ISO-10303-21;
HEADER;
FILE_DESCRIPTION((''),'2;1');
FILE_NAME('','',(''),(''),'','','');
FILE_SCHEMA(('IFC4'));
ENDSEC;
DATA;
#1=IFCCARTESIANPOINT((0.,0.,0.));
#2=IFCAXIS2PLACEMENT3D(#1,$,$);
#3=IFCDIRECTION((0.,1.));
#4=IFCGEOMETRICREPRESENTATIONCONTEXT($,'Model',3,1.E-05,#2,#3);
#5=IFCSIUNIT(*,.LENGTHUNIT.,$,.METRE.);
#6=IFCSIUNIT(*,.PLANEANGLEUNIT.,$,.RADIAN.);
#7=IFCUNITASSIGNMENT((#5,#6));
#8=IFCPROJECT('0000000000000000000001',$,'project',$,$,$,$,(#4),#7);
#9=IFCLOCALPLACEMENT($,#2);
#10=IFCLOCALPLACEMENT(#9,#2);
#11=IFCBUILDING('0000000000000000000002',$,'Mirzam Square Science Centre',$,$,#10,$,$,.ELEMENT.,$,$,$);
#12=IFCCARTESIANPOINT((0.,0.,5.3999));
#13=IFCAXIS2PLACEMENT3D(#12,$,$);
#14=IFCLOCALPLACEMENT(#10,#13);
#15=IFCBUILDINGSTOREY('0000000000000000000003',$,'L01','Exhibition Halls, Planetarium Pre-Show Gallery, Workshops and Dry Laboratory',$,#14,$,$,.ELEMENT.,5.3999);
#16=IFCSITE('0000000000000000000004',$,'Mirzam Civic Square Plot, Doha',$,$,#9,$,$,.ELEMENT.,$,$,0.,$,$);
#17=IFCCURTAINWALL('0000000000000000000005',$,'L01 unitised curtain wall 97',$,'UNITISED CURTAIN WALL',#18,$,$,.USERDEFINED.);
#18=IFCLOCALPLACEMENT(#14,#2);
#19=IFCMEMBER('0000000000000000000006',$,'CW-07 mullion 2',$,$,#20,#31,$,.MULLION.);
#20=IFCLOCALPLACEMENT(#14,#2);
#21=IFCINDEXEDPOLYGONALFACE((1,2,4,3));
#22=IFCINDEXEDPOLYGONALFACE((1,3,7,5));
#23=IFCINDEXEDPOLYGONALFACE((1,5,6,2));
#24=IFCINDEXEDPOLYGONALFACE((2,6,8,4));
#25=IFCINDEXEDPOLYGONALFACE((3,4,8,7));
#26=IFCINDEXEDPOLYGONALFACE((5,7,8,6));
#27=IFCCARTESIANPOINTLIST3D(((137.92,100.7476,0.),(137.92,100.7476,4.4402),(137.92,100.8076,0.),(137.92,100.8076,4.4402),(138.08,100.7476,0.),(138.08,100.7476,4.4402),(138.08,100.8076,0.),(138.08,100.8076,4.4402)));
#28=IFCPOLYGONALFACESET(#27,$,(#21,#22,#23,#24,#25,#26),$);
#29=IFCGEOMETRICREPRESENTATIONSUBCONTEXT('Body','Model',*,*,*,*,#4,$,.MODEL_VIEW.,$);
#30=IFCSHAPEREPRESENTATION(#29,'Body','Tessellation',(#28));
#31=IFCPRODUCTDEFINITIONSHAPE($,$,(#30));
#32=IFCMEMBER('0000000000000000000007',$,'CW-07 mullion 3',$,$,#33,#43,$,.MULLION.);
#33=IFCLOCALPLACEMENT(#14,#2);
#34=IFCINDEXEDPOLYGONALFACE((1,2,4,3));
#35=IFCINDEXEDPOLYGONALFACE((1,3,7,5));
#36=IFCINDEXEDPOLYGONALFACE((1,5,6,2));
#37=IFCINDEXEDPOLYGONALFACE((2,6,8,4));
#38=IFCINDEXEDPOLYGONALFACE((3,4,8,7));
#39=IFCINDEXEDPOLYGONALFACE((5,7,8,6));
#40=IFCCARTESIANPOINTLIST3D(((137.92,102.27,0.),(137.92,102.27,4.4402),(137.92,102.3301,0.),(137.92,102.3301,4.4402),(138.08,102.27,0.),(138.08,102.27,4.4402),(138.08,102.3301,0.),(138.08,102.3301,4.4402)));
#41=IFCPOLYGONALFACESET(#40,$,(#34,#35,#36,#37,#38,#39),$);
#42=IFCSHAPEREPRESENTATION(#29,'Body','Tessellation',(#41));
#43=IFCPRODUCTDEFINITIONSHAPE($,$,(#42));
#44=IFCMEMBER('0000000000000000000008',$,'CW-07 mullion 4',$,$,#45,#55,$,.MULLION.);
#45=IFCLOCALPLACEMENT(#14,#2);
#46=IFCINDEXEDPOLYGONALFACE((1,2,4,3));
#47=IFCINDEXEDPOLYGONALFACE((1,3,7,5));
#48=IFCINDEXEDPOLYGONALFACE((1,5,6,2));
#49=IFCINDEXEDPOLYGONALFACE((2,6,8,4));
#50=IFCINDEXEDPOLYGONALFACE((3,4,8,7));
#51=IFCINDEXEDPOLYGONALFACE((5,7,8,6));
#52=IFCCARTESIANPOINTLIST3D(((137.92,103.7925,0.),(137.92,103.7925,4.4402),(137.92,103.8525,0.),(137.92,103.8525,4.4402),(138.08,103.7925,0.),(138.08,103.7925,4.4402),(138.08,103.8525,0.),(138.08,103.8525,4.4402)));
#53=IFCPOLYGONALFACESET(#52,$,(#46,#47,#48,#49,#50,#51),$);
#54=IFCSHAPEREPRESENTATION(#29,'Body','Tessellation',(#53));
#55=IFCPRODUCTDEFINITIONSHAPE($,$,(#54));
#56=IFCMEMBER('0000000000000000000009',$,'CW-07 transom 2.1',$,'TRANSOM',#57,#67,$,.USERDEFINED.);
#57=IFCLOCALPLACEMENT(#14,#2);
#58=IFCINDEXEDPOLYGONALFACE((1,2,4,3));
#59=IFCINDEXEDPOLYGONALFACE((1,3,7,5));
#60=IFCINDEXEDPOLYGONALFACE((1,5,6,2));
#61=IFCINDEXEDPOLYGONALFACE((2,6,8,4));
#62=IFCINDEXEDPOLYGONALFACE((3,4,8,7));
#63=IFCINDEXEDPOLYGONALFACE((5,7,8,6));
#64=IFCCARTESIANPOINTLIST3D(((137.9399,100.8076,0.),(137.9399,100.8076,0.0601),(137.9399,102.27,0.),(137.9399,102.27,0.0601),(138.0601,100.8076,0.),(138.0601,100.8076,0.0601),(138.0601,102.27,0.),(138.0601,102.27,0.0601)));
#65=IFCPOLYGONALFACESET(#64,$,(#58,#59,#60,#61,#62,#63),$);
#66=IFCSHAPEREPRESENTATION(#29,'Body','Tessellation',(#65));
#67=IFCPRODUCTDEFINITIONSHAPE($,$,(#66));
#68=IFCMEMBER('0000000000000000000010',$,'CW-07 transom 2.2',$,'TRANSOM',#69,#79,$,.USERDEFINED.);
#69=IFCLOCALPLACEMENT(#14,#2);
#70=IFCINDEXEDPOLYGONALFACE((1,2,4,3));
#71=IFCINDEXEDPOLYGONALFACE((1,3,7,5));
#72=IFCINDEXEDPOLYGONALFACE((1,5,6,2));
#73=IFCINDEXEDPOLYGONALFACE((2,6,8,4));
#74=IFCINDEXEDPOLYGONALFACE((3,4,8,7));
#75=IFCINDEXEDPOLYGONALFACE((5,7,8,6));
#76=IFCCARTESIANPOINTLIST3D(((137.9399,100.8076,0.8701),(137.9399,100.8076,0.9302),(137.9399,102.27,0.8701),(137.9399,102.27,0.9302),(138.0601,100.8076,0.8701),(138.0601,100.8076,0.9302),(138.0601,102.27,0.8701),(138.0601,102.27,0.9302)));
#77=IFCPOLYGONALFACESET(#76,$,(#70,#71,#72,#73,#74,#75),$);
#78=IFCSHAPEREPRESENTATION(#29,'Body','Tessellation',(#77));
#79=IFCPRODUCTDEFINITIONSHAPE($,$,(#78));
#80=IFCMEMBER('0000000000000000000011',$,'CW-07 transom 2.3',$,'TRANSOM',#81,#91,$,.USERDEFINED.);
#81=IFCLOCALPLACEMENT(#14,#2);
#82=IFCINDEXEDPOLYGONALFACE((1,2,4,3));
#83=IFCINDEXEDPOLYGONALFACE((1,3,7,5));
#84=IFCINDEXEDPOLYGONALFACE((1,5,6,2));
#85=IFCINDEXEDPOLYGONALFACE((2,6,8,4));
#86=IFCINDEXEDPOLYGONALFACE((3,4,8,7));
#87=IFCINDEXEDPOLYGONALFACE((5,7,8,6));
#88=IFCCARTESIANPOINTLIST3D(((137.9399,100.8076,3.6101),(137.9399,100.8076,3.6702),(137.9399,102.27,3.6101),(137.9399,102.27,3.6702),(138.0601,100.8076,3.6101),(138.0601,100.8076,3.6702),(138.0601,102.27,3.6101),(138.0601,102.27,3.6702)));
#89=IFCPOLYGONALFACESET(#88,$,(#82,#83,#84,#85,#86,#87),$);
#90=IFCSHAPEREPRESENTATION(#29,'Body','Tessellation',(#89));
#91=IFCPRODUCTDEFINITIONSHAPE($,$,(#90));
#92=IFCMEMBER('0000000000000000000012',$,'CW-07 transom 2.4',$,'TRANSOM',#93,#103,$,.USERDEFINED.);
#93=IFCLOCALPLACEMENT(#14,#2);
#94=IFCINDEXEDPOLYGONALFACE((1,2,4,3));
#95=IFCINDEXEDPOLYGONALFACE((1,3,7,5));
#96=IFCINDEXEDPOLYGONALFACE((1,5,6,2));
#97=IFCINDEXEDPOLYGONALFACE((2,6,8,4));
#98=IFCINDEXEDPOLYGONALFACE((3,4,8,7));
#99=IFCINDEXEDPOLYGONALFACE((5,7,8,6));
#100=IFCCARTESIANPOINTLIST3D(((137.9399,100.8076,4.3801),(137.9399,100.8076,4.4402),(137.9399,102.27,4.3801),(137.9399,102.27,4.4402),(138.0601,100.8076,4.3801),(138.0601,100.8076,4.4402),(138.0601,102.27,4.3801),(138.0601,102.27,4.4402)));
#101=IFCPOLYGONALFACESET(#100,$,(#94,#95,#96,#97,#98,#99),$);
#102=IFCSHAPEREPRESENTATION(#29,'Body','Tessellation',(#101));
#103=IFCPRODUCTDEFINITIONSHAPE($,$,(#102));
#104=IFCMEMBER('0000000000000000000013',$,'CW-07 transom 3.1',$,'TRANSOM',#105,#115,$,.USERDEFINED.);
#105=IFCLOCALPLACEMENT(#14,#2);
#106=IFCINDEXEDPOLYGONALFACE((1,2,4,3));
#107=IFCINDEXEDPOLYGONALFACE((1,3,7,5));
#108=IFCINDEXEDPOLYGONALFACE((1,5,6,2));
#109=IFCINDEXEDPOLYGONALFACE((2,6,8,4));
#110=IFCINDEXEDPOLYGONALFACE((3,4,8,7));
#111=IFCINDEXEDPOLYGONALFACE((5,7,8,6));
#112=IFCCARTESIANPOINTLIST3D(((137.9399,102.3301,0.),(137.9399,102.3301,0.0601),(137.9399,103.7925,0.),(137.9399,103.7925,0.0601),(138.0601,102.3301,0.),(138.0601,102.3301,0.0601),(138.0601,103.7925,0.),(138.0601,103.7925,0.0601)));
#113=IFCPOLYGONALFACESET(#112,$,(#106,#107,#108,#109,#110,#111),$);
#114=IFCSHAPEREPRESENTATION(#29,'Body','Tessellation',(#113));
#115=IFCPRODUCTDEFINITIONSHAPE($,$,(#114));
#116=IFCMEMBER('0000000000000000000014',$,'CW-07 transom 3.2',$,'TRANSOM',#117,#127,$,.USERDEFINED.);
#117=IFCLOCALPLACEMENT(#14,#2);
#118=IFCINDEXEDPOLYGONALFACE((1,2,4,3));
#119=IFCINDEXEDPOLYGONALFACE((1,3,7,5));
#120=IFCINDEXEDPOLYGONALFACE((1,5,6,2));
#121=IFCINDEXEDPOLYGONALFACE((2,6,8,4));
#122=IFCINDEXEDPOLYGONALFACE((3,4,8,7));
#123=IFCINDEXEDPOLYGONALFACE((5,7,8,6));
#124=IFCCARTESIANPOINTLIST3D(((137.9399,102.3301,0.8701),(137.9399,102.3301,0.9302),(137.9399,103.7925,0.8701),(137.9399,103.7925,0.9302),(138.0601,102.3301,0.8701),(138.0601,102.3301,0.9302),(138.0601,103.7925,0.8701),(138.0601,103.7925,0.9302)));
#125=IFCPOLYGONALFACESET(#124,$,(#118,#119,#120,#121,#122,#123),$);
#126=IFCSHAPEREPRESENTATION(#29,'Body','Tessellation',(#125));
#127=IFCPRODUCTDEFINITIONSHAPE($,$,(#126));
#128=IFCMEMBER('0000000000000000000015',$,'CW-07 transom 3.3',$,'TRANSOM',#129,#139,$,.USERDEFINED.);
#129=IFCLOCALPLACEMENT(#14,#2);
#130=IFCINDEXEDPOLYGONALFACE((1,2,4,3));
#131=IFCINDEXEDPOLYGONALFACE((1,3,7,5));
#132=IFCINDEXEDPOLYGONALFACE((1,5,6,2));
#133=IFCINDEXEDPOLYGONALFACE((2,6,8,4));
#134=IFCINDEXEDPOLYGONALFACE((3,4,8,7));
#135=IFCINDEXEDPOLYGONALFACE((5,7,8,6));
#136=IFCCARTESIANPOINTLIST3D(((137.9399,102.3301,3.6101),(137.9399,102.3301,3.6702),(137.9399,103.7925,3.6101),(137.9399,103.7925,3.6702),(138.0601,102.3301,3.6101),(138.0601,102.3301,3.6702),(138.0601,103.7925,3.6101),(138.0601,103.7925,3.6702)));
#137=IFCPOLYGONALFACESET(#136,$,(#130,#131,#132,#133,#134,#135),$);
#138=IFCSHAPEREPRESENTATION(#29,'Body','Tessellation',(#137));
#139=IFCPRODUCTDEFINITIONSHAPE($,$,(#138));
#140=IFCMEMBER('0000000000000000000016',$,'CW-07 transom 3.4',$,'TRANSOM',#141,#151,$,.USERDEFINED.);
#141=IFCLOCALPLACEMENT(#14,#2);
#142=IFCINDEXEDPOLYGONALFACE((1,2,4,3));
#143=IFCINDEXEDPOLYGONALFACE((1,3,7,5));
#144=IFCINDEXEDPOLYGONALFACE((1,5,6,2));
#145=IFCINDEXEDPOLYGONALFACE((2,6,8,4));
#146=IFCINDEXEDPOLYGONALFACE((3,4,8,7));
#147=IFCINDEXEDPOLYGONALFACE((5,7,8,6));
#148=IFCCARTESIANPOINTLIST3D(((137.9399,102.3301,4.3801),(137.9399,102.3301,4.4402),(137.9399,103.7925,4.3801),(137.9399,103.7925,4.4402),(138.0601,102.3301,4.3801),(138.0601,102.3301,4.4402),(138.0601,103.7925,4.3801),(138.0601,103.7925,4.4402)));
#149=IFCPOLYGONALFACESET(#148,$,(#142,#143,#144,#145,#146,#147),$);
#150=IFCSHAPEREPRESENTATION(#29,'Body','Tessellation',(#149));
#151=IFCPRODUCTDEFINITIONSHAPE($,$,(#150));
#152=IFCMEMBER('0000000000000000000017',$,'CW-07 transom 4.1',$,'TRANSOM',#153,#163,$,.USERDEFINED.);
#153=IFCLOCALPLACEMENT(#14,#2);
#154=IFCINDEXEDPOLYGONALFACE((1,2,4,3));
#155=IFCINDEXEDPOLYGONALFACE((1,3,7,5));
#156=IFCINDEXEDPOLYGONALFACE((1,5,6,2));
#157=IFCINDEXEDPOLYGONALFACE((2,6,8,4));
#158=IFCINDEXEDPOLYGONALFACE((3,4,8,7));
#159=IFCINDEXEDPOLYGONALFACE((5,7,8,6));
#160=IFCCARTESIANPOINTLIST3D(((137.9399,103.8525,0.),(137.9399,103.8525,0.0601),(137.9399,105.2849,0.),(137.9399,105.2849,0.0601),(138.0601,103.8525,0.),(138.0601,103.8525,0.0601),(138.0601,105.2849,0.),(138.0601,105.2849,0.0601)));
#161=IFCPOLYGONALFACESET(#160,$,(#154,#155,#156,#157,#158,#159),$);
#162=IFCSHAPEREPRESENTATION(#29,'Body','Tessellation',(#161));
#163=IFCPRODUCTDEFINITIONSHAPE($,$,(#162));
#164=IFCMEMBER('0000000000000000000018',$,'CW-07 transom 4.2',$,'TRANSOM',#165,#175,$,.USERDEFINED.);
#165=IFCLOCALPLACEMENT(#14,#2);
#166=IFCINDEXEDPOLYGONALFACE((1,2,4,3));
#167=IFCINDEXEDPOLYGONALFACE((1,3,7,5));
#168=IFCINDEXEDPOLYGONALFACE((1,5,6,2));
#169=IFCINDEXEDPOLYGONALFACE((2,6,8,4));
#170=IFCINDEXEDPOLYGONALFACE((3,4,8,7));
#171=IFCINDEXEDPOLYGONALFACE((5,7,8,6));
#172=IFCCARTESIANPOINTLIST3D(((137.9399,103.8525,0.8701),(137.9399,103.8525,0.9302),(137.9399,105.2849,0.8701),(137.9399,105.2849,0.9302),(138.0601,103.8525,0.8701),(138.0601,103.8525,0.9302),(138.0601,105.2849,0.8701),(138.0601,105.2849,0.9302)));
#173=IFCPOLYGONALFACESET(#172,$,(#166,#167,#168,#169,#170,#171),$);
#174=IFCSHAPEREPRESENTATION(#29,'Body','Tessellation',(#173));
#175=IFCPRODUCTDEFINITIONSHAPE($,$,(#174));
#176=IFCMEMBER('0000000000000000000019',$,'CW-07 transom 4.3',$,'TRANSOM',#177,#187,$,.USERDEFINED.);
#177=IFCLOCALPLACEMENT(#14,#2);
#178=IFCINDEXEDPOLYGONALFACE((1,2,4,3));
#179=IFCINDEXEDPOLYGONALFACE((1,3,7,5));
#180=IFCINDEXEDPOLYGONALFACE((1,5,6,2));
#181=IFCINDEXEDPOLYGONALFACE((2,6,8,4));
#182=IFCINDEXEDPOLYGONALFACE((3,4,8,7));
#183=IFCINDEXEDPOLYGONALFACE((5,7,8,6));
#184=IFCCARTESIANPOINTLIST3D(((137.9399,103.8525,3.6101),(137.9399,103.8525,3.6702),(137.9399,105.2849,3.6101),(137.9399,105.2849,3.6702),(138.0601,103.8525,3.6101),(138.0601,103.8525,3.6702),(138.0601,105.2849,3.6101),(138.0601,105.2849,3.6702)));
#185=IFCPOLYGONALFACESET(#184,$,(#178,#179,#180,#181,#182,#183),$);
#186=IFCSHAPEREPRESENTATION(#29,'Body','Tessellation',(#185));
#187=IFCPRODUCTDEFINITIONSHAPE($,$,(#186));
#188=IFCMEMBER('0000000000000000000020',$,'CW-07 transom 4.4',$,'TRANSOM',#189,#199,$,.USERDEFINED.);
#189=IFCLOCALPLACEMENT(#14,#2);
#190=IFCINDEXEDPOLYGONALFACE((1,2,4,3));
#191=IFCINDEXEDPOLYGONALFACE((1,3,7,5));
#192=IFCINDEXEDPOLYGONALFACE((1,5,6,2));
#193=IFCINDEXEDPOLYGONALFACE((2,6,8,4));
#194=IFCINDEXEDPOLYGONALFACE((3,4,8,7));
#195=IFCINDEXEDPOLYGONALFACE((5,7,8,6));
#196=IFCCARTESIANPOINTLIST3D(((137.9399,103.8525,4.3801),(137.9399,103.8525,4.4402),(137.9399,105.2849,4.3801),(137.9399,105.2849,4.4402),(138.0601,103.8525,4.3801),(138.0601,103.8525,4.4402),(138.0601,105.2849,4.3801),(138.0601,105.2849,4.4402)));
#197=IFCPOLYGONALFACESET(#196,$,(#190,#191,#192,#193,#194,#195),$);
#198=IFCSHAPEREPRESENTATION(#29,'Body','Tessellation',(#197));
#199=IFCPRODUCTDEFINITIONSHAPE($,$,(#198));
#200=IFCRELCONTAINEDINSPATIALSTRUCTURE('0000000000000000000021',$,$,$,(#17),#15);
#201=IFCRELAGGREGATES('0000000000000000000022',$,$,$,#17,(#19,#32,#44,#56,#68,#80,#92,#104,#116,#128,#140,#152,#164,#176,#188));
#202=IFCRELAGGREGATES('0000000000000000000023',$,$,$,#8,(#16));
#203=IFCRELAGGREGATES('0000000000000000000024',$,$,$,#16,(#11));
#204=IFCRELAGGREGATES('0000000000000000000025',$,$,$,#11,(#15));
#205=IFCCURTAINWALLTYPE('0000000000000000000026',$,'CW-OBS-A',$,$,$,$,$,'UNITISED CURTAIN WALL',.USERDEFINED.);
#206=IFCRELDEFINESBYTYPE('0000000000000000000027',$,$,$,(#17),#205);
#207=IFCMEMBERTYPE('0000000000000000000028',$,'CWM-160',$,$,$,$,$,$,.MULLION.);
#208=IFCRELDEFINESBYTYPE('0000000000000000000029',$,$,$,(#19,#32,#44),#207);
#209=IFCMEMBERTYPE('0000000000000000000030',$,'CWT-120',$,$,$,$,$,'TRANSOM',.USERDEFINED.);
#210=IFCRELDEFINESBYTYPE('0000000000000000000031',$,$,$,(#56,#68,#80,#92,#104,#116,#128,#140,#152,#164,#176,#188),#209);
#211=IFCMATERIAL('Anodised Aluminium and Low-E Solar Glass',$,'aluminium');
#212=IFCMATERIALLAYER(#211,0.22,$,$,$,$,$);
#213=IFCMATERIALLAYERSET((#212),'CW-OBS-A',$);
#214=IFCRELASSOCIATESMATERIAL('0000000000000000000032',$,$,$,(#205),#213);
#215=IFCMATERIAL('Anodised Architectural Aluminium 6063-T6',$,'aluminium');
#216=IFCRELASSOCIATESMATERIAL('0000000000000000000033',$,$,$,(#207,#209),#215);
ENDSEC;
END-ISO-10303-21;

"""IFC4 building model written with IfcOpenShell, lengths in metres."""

from ifc_helpers import new_model, si_unit, direction, frame, origin, origin_2d, place, context, subcontext, project, spatial, rectangle, extrude, material, layer, layer_set, material_profile, profile_set, type_object, element, aggregate, save


model = new_model("IFC4")

# Units and contexts
model_context = context("Model", 3, precision=1e-05, world=origin(), true_north=direction((0.0, 1.0)))
body_context = subcontext(model_context, "Body", "Model", "MODEL_VIEW")
ifc_project = project(units=[si_unit("LENGTHUNIT", "METRE"), si_unit("PLANEANGLEUNIT", "RADIAN")], contexts=[model_context])

# Site, building, storey
site_placement = place(None, origin())
site = spatial("IfcSite", under=ifc_project, at=site_placement, Name="Mirzam Civic Square Plot, Doha", CompositionType="ELEMENT", RefElevation=0.0)
building_placement = place(site_placement, origin())
building = spatial("IfcBuilding", under=site, at=building_placement, Name="Mirzam Square Science Centre", CompositionType="ELEMENT")
storey_placement = place(building_placement, frame((0.0, 0.0, 5.3999)))
storey = spatial("IfcBuildingStorey", under=building, at=storey_placement, Name="L01", Description="Exhibition Halls, Planetarium Pre-Show Gallery, Workshops and Dry Laboratory", CompositionType="ELEMENT", Elevation=5.3999)

# Curtain wall, members
ifc_material_1 = material(Name="Anodised Aluminium and Low-E Solar Glass", Category="aluminium")
ifc_layer_1 = layer(ifc_material_1, 0.22)
ifc_layer_set_1 = layer_set([ifc_layer_1], Name="CW-OBS-A")
curtain_wall_type = type_object("IfcCurtainWallType", Name="CW-OBS-A", ElementType="UNITISED CURTAIN WALL", PredefinedType="USERDEFINED", material=ifc_layer_set_1)
curtain_wall_placement = place(storey_placement, origin())
curtain_wall = element("IfcCurtainWall", 1, at=curtain_wall_placement, inside=storey, type_object=curtain_wall_type, Name="L01 unitised curtain wall 97", ObjectType="UNITISED CURTAIN WALL", PredefinedType="USERDEFINED")
ifc_material_2 = material(Name="Anodised Architectural Aluminium 6063-T6", Category="aluminium")
ifc_material_profile_1 = material_profile(ifc_material_2, rectangle(XDim=0.0601, YDim=0.1599, at=origin_2d()), Name="ALU-MULL-160x60x4")
ifc_profile_set_1 = profile_set([ifc_material_profile_1], Name="Anodised Architectural Aluminium 6063-T6")
member_type_1 = type_object("IfcMemberType", Name="CWM-160", PredefinedType="MULLION", material=ifc_profile_set_1)
member_1_placement = place(storey_placement, frame((138.0, 100.7776, 0.0), z_axis=(0.0, 0.0, 1.0), x_axis=(0.0, 1.0, 0.0)))
member_1 = element("IfcMember", 2, at=member_1_placement, type_object=member_type_1, Name="CW-07 mullion 2", PredefinedType="MULLION", context=body_context, shape_type="SweptSolid", body=[
    extrude(rectangle(XDim=0.0601, YDim=0.1599, at=origin_2d()), origin(), (0.0, 0.0, 1.0), 4.4402),
])
member_2_placement = place(storey_placement, frame((138.0, 102.3, 0.0), z_axis=(0.0, 0.0, 1.0), x_axis=(0.0, 1.0, 0.0)))
member_2 = element("IfcMember", 3, at=member_2_placement, type_object=member_type_1, Name="CW-07 mullion 3", PredefinedType="MULLION", context=body_context, shape_type="SweptSolid", body=[
    extrude(rectangle(XDim=0.0601, YDim=0.1599, at=origin_2d()), origin(), (0.0, 0.0, 1.0), 4.4402),
])
member_3_placement = place(storey_placement, frame((138.0, 103.8225, 0.0), z_axis=(0.0, 0.0, 1.0), x_axis=(0.0, 1.0, 0.0)))
member_3 = element("IfcMember", 4, at=member_3_placement, type_object=member_type_1, Name="CW-07 mullion 4", PredefinedType="MULLION", context=body_context, shape_type="SweptSolid", body=[
    extrude(rectangle(XDim=0.0601, YDim=0.1599, at=origin_2d()), origin(), (0.0, 0.0, 1.0), 4.4402),
])
ifc_material_profile_2 = material_profile(ifc_material_2, rectangle(XDim=0.1201, YDim=0.0601, at=origin_2d()), Name="ALU-TRAN-120x60x4")
ifc_profile_set_2 = profile_set([ifc_material_profile_2], Name="Anodised Architectural Aluminium 6063-T6")
member_type_2 = type_object("IfcMemberType", Name="CWT-120", ElementType="TRANSOM", PredefinedType="USERDEFINED", material=ifc_profile_set_2)
member_4_placement = place(storey_placement, frame((138.0, 100.8076, 0.03), z_axis=(0.0, 1.0, 0.0), x_axis=(-1.0, 0.0, 0.0)))
member_4 = element("IfcMember", 5, at=member_4_placement, type_object=member_type_2, Name="CW-07 transom 2.1", ObjectType="TRANSOM", PredefinedType="USERDEFINED", context=body_context, shape_type="SweptSolid", body=[
    extrude(rectangle(XDim=0.1201, YDim=0.0601, at=origin_2d()), origin(), (0.0, 0.0, 1.0), 1.4624),
])
member_5_placement = place(storey_placement, frame((138.0, 100.8076, 0.9001), z_axis=(0.0, 1.0, 0.0), x_axis=(-1.0, 0.0, 0.0)))
member_5 = element("IfcMember", 6, at=member_5_placement, type_object=member_type_2, Name="CW-07 transom 2.2", ObjectType="TRANSOM", PredefinedType="USERDEFINED", context=body_context, shape_type="SweptSolid", body=[
    extrude(rectangle(XDim=0.1201, YDim=0.0601, at=origin_2d()), origin(), (0.0, 0.0, 1.0), 1.4624),
])
member_6_placement = place(storey_placement, frame((138.0, 100.8076, 3.6401), z_axis=(0.0, 1.0, 0.0), x_axis=(-1.0, 0.0, 0.0)))
member_6 = element("IfcMember", 7, at=member_6_placement, type_object=member_type_2, Name="CW-07 transom 2.3", ObjectType="TRANSOM", PredefinedType="USERDEFINED", context=body_context, shape_type="SweptSolid", body=[
    extrude(rectangle(XDim=0.1201, YDim=0.0601, at=origin_2d()), origin(), (0.0, 0.0, 1.0), 1.4624),
])
member_7_placement = place(storey_placement, frame((138.0, 100.8076, 4.4102), z_axis=(0.0, 1.0, 0.0), x_axis=(-1.0, 0.0, 0.0)))
member_7 = element("IfcMember", 8, at=member_7_placement, type_object=member_type_2, Name="CW-07 transom 2.4", ObjectType="TRANSOM", PredefinedType="USERDEFINED", context=body_context, shape_type="SweptSolid", body=[
    extrude(rectangle(XDim=0.1201, YDim=0.0601, at=origin_2d()), origin(), (0.0, 0.0, 1.0), 1.4624),
])
member_8_placement = place(storey_placement, frame((138.0, 102.3301, 0.03), z_axis=(0.0, 1.0, 0.0), x_axis=(-1.0, 0.0, 0.0)))
member_8 = element("IfcMember", 9, at=member_8_placement, type_object=member_type_2, Name="CW-07 transom 3.1", ObjectType="TRANSOM", PredefinedType="USERDEFINED", context=body_context, shape_type="SweptSolid", body=[
    extrude(rectangle(XDim=0.1201, YDim=0.0601, at=origin_2d()), origin(), (0.0, 0.0, 1.0), 1.4624),
])
member_9_placement = place(storey_placement, frame((138.0, 102.3301, 0.9001), z_axis=(0.0, 1.0, 0.0), x_axis=(-1.0, 0.0, 0.0)))
member_9 = element("IfcMember", 10, at=member_9_placement, type_object=member_type_2, Name="CW-07 transom 3.2", ObjectType="TRANSOM", PredefinedType="USERDEFINED", context=body_context, shape_type="SweptSolid", body=[
    extrude(rectangle(XDim=0.1201, YDim=0.0601, at=origin_2d()), origin(), (0.0, 0.0, 1.0), 1.4624),
])
member_10_placement = place(storey_placement, frame((138.0, 102.3301, 3.6401), z_axis=(0.0, 1.0, 0.0), x_axis=(-1.0, 0.0, 0.0)))
member_10 = element("IfcMember", 11, at=member_10_placement, type_object=member_type_2, Name="CW-07 transom 3.3", ObjectType="TRANSOM", PredefinedType="USERDEFINED", context=body_context, shape_type="SweptSolid", body=[
    extrude(rectangle(XDim=0.1201, YDim=0.0601, at=origin_2d()), origin(), (0.0, 0.0, 1.0), 1.4624),
])
member_11_placement = place(storey_placement, frame((138.0, 102.3301, 4.4102), z_axis=(0.0, 1.0, 0.0), x_axis=(-1.0, 0.0, 0.0)))
member_11 = element("IfcMember", 12, at=member_11_placement, type_object=member_type_2, Name="CW-07 transom 3.4", ObjectType="TRANSOM", PredefinedType="USERDEFINED", context=body_context, shape_type="SweptSolid", body=[
    extrude(rectangle(XDim=0.1201, YDim=0.0601, at=origin_2d()), origin(), (0.0, 0.0, 1.0), 1.4624),
])
member_12_placement = place(storey_placement, frame((138.0, 103.8525, 0.03), z_axis=(0.0, 1.0, 0.0), x_axis=(-1.0, 0.0, 0.0)))
member_12 = element("IfcMember", 13, at=member_12_placement, type_object=member_type_2, Name="CW-07 transom 4.1", ObjectType="TRANSOM", PredefinedType="USERDEFINED", context=body_context, shape_type="SweptSolid", body=[
    extrude(rectangle(XDim=0.1201, YDim=0.0601, at=origin_2d()), origin(), (0.0, 0.0, 1.0), 1.4324),
])
member_13_placement = place(storey_placement, frame((138.0, 103.8525, 0.9001), z_axis=(0.0, 1.0, 0.0), x_axis=(-1.0, 0.0, 0.0)))
member_13 = element("IfcMember", 14, at=member_13_placement, type_object=member_type_2, Name="CW-07 transom 4.2", ObjectType="TRANSOM", PredefinedType="USERDEFINED", context=body_context, shape_type="SweptSolid", body=[
    extrude(rectangle(XDim=0.1201, YDim=0.0601, at=origin_2d()), origin(), (0.0, 0.0, 1.0), 1.4324),
])
member_14_placement = place(storey_placement, frame((138.0, 103.8525, 3.6401), z_axis=(0.0, 1.0, 0.0), x_axis=(-1.0, 0.0, 0.0)))
member_14 = element("IfcMember", 15, at=member_14_placement, type_object=member_type_2, Name="CW-07 transom 4.3", ObjectType="TRANSOM", PredefinedType="USERDEFINED", context=body_context, shape_type="SweptSolid", body=[
    extrude(rectangle(XDim=0.1201, YDim=0.0601, at=origin_2d()), origin(), (0.0, 0.0, 1.0), 1.4324),
])
member_15_placement = place(storey_placement, frame((138.0, 103.8525, 4.4102), z_axis=(0.0, 1.0, 0.0), x_axis=(-1.0, 0.0, 0.0)))
member_15 = element("IfcMember", 16, at=member_15_placement, type_object=member_type_2, Name="CW-07 transom 4.4", ObjectType="TRANSOM", PredefinedType="USERDEFINED", context=body_context, shape_type="SweptSolid", body=[
    extrude(rectangle(XDim=0.1201, YDim=0.0601, at=origin_2d()), origin(), (0.0, 0.0, 1.0), 1.4324),
])
aggregate(curtain_wall, [member_1, member_2, member_3, member_4, member_5, member_6, member_7, member_8, member_9, member_10, member_11, member_12, member_13, member_14, member_15])

save(model, "model.ifc")
